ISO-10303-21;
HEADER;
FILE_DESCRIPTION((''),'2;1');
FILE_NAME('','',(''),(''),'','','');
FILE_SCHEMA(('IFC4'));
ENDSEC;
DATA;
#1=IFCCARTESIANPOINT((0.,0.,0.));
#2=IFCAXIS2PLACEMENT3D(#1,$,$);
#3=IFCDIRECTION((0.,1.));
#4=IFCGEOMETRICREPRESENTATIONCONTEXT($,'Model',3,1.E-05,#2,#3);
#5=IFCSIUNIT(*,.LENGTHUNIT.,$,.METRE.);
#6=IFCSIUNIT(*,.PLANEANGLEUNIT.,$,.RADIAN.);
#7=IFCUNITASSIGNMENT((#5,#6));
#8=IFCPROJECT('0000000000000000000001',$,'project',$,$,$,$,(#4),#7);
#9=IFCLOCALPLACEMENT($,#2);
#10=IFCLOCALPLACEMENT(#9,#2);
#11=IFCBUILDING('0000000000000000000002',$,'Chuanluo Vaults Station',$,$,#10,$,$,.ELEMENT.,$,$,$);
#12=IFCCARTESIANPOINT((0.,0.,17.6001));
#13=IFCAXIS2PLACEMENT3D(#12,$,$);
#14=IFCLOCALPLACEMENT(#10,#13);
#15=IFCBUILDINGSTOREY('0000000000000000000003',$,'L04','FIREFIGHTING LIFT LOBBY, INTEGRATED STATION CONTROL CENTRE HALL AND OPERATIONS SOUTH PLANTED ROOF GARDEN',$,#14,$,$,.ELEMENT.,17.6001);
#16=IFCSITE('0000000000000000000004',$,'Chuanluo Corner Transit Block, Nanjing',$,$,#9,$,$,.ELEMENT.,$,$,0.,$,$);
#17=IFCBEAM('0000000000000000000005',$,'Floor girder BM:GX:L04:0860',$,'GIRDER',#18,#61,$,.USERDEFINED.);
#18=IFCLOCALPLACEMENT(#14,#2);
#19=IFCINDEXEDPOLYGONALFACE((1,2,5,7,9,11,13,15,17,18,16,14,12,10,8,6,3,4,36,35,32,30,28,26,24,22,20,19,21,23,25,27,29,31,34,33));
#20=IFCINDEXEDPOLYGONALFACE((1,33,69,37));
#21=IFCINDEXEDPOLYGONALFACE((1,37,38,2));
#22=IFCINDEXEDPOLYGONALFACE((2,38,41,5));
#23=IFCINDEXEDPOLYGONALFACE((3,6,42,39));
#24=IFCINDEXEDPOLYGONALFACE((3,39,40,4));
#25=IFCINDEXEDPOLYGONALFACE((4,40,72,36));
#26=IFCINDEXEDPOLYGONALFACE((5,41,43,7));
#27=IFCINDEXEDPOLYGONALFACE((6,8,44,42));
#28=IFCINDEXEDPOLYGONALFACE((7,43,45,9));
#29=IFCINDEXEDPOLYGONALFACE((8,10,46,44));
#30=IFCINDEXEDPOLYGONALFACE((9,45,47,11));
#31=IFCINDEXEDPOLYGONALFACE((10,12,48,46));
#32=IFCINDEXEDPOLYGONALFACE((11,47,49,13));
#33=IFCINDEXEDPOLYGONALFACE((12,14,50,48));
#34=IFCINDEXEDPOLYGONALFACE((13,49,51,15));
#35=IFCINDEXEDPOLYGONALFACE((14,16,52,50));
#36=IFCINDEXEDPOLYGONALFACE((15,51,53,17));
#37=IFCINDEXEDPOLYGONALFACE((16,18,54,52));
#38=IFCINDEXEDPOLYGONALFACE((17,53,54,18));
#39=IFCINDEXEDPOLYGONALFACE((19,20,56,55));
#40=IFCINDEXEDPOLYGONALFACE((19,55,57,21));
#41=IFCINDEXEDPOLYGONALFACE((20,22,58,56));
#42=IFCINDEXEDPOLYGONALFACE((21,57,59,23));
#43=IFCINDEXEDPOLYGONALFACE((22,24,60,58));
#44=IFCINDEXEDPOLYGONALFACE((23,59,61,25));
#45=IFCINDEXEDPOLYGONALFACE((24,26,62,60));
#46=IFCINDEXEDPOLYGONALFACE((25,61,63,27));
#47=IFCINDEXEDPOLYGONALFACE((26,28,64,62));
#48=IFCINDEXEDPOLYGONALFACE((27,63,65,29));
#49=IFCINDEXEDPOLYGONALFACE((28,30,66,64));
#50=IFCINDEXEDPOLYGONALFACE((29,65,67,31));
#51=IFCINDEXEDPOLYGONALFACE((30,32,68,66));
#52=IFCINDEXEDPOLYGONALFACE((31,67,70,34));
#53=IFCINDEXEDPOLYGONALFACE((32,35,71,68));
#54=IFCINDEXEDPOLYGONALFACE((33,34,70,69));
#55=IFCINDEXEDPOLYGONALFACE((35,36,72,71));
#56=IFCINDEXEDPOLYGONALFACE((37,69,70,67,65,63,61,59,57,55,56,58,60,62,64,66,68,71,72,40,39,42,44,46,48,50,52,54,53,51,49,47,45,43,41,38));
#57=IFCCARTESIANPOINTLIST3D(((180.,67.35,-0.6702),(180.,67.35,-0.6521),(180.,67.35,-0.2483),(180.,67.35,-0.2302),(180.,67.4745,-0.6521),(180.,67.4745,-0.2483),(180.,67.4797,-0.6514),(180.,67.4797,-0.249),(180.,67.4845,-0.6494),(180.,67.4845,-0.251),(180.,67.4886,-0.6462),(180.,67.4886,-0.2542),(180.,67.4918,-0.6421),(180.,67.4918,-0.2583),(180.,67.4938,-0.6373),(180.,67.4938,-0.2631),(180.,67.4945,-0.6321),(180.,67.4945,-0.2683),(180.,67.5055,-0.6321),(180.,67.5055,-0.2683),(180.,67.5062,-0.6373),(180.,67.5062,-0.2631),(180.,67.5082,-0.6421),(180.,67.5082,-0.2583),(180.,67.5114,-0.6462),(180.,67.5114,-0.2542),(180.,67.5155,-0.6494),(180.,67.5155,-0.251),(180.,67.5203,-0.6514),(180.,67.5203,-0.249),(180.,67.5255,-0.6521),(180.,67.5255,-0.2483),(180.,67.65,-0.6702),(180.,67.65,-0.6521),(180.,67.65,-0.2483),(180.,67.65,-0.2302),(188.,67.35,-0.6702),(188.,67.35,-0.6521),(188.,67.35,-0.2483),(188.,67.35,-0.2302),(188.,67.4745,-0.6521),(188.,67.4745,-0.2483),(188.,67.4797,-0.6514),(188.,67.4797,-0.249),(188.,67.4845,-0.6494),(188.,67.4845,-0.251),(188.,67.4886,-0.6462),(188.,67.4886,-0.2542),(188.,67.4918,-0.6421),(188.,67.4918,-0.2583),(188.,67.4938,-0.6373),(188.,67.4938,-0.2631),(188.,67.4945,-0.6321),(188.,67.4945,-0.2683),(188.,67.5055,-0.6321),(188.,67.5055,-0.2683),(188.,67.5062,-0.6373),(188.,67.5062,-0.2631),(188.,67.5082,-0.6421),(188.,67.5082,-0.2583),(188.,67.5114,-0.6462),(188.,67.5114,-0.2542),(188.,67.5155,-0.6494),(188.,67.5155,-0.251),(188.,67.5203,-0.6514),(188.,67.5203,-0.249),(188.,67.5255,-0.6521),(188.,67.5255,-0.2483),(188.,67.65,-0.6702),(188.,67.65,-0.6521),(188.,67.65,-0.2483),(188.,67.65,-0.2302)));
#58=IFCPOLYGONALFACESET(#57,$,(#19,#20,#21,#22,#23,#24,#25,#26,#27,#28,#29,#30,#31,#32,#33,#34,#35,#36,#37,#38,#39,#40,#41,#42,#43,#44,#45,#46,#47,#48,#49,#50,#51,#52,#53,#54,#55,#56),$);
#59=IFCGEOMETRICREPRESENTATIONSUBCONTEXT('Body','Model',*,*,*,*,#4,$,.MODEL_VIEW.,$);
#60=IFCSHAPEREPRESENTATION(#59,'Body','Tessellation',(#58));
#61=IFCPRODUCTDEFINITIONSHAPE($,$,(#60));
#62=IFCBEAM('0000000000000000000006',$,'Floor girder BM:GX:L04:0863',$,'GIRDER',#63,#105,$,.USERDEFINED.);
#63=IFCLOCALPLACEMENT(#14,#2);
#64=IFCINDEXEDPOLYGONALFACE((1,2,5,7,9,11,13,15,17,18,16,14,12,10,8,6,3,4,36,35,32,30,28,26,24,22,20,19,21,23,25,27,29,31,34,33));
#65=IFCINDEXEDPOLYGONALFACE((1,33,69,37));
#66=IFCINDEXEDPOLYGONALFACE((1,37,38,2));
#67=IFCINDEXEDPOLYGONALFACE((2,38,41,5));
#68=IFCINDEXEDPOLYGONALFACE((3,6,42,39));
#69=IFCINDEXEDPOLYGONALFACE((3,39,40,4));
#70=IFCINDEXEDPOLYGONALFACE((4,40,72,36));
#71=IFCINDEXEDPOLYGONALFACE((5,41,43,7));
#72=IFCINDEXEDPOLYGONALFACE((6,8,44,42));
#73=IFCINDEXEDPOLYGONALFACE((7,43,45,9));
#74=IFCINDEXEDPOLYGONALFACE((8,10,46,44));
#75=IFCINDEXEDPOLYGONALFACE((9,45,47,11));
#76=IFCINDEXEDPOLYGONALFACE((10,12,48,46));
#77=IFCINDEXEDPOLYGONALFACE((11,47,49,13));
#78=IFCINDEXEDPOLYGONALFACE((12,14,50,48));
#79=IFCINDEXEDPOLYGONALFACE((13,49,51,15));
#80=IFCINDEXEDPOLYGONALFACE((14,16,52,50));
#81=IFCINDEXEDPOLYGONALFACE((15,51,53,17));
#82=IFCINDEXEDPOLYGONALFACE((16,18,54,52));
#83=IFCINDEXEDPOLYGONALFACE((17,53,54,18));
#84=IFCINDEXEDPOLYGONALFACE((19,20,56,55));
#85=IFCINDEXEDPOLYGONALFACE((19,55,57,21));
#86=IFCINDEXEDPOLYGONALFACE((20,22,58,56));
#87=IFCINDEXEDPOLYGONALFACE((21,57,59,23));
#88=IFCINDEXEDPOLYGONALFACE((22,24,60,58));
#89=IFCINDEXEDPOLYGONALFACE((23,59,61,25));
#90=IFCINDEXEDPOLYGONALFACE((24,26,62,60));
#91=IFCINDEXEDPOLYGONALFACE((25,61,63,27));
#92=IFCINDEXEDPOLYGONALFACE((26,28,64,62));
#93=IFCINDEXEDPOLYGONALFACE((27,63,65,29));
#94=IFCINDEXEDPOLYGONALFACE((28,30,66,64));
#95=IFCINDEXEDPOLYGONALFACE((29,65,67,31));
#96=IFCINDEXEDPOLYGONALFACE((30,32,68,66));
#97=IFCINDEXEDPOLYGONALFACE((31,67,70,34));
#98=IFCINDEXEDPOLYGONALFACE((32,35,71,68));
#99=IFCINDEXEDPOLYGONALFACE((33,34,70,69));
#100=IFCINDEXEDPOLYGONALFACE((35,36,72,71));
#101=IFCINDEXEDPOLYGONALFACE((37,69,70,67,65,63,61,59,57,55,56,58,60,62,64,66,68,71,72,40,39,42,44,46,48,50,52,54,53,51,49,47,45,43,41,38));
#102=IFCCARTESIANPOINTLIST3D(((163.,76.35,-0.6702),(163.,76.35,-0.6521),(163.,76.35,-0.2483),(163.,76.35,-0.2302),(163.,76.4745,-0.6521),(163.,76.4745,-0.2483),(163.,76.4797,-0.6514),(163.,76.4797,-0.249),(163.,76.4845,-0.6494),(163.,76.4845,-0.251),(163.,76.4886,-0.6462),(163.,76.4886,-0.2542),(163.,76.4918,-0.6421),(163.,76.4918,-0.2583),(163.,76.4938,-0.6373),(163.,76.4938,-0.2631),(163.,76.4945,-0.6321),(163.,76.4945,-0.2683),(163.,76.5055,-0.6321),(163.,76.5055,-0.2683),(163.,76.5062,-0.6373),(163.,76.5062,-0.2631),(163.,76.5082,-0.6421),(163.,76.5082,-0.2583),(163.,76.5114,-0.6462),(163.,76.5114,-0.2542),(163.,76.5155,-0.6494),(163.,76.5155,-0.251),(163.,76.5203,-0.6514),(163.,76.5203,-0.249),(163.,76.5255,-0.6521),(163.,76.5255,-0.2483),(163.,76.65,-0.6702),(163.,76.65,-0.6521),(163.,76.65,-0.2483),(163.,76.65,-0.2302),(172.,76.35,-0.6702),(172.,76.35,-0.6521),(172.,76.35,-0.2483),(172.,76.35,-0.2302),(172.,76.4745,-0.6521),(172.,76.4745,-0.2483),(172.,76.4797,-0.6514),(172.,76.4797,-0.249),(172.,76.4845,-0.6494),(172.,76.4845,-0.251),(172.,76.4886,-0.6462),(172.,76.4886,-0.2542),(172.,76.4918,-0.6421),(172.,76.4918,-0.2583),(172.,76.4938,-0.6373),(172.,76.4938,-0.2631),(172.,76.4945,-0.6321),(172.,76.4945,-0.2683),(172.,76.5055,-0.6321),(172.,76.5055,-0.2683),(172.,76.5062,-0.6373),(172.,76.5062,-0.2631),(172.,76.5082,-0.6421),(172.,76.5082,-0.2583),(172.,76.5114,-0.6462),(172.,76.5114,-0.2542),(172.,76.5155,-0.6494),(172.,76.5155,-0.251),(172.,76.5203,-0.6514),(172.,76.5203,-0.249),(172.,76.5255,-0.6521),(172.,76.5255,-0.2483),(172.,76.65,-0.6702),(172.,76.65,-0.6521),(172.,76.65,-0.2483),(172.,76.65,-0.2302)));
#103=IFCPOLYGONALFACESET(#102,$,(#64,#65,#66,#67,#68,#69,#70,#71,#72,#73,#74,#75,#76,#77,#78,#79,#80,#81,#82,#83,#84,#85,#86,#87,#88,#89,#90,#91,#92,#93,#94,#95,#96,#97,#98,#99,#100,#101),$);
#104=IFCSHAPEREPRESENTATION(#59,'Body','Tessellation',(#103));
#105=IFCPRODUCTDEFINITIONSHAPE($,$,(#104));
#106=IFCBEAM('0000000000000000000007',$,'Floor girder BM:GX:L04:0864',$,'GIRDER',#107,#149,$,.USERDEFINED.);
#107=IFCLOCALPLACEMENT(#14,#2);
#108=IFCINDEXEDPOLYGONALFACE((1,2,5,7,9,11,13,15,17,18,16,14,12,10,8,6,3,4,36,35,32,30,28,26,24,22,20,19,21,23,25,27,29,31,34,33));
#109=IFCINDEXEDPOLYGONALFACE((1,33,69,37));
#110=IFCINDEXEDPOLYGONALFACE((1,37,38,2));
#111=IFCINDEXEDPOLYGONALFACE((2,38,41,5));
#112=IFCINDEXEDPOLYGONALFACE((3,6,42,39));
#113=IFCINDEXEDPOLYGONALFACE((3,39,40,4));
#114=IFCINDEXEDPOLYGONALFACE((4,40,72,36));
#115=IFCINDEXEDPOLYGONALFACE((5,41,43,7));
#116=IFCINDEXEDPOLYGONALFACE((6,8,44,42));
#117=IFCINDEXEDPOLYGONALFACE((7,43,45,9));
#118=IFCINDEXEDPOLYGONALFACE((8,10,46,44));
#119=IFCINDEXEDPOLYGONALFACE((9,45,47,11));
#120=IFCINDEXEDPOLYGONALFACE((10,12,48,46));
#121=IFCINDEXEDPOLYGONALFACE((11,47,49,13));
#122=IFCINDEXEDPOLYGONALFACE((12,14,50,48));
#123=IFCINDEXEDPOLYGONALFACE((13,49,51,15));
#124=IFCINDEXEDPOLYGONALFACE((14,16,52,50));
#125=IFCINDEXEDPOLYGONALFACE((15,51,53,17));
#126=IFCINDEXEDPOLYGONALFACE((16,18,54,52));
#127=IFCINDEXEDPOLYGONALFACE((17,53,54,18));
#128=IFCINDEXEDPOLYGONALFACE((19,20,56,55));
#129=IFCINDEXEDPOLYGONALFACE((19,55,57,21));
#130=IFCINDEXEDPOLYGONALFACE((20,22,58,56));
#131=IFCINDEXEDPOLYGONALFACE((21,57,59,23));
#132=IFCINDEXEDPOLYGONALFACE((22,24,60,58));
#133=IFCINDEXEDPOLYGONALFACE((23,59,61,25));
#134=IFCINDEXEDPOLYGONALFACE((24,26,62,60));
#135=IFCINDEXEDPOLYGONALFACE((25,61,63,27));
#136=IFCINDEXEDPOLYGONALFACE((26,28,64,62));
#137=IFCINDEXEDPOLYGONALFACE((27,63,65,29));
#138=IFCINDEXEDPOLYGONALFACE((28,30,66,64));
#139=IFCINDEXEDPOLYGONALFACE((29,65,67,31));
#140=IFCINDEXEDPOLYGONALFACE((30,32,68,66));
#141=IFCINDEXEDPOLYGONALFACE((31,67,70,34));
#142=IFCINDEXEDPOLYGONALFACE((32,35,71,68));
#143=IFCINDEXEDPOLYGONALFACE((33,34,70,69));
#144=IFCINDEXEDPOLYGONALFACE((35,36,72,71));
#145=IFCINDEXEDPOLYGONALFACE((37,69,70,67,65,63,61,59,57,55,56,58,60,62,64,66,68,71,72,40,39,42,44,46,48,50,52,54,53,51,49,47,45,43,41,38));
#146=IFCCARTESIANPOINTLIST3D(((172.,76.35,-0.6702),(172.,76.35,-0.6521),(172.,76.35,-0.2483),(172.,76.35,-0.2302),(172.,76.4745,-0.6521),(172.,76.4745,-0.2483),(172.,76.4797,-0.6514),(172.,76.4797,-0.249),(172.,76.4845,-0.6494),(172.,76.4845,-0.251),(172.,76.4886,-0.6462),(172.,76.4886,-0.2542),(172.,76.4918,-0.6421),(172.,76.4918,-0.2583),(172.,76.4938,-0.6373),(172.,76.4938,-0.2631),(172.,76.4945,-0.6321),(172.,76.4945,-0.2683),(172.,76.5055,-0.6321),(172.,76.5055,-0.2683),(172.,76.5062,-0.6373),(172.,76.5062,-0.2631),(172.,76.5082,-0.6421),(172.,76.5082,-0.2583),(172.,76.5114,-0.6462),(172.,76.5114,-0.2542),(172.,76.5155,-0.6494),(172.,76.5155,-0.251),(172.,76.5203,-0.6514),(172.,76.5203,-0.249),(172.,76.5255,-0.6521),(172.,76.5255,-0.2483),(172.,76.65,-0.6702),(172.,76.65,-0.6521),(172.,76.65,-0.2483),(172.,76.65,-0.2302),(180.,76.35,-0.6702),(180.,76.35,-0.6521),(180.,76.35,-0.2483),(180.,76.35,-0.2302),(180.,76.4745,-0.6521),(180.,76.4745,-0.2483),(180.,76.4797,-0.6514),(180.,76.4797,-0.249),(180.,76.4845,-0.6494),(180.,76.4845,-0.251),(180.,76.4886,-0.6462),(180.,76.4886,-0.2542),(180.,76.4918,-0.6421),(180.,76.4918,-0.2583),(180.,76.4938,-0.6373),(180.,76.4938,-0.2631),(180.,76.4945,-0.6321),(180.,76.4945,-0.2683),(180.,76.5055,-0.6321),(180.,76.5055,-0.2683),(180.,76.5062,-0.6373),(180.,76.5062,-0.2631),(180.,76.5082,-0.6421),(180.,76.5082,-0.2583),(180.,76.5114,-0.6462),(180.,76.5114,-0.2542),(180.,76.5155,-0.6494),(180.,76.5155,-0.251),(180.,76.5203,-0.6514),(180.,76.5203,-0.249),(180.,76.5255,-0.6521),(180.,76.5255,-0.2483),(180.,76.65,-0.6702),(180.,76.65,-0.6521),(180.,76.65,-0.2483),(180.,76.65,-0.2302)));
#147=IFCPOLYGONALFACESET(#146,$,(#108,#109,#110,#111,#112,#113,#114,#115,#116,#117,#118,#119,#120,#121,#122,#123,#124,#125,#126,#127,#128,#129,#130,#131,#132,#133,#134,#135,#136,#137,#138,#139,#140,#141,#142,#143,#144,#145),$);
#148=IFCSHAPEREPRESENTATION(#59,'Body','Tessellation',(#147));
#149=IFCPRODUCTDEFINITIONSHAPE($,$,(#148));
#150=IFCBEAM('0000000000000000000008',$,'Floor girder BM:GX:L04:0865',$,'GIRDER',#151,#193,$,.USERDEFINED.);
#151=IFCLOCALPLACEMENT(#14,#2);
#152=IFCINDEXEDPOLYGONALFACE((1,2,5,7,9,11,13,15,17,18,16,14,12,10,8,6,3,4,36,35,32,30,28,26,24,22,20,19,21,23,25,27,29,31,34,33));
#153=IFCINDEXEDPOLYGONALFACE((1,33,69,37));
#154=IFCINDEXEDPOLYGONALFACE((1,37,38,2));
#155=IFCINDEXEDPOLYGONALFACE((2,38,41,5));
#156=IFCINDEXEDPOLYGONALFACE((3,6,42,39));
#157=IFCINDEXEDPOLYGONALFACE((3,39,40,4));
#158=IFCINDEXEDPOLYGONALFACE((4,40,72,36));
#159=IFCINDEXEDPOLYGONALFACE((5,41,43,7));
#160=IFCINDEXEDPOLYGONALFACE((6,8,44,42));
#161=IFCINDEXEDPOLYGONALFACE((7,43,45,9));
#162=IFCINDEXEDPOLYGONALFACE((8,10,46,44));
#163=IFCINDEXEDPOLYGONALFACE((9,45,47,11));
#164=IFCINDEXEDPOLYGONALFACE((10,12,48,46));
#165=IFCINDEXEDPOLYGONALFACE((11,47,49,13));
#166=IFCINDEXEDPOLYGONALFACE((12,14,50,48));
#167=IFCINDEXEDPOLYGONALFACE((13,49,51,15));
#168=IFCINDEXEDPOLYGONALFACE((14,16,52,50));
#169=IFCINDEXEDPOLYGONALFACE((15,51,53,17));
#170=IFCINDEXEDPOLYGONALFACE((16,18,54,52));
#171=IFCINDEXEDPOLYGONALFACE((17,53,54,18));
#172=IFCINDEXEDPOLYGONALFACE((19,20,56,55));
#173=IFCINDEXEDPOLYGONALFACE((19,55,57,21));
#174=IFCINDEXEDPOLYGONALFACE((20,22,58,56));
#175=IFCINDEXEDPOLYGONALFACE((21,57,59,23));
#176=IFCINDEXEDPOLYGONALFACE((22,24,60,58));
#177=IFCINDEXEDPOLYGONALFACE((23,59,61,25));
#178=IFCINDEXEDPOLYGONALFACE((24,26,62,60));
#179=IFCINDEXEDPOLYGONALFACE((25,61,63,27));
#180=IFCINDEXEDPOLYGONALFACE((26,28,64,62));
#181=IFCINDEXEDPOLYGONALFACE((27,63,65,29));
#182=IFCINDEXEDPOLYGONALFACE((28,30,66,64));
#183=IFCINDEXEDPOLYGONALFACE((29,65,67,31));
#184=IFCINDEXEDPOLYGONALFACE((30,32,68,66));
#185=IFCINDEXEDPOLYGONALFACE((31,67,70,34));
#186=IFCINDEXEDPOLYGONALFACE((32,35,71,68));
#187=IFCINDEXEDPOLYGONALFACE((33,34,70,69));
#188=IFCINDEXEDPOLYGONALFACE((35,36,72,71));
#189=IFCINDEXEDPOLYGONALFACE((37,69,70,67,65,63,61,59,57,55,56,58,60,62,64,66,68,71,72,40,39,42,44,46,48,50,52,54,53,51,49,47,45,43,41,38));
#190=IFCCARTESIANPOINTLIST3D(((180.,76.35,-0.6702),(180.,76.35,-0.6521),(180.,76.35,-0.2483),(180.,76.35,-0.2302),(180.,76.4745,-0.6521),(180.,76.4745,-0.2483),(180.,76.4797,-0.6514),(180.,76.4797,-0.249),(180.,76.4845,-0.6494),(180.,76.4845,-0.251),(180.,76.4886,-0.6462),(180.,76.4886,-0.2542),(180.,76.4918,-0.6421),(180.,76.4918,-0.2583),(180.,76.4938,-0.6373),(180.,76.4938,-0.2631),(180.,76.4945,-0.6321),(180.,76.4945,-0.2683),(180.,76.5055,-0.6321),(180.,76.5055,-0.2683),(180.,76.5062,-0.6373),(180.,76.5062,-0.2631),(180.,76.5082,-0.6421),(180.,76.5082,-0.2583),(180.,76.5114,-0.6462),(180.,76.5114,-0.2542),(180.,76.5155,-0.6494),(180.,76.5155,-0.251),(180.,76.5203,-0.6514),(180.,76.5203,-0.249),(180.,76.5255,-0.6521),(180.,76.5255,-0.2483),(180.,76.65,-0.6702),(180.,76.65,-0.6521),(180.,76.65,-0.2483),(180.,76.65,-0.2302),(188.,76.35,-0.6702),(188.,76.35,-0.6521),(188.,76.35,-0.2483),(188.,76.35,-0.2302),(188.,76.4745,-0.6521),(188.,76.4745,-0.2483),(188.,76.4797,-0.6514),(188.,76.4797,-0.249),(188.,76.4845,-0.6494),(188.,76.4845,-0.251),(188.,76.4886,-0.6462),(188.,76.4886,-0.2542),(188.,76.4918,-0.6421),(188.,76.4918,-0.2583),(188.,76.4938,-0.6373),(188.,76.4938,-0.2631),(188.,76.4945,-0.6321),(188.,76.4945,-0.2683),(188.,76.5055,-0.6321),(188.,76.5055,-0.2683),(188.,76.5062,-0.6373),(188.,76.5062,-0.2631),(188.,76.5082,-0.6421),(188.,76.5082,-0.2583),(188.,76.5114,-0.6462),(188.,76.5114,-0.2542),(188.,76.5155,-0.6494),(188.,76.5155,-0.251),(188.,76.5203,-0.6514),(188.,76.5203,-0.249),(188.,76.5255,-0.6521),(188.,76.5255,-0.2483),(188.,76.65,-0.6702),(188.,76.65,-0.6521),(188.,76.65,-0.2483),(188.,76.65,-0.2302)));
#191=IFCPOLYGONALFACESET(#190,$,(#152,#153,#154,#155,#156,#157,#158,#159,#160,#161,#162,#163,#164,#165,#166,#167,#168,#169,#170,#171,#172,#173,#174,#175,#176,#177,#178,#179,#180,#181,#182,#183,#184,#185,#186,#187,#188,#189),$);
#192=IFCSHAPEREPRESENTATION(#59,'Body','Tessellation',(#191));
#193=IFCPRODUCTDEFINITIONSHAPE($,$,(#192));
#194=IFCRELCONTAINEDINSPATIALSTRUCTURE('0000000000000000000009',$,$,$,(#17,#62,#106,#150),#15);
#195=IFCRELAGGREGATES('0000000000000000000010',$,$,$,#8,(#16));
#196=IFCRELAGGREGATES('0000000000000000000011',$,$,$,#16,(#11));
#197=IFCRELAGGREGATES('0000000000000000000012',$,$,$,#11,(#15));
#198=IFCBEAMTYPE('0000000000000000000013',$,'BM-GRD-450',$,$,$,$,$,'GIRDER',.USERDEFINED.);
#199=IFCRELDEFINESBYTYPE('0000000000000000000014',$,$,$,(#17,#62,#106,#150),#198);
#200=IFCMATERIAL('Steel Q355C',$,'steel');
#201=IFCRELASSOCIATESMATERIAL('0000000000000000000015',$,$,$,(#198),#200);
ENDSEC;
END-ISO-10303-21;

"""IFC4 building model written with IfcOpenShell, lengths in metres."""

from ifc_helpers import new_model, si_unit, direction, frame, origin, origin_2d, place, context, subcontext, project, spatial, i_section, extrude, material, material_profile, profile_set, type_object, element, save


model = new_model("IFC4")

# Units and contexts
model_context = context("Model", 3, precision=1e-05, world=origin(), true_north=direction((0.0, 1.0)))
body_context = subcontext(model_context, "Body", "Model", "MODEL_VIEW")
ifc_project = project(units=[si_unit("LENGTHUNIT", "METRE"), si_unit("PLANEANGLEUNIT", "RADIAN")], contexts=[model_context])

# Site, building, storey
site_placement = place(None, origin())
site = spatial("IfcSite", under=ifc_project, at=site_placement, Name="Chuanluo Corner Transit Block, Nanjing", CompositionType="ELEMENT", RefElevation=0.0)
building_placement = place(site_placement, origin())
building = spatial("IfcBuilding", under=site, at=building_placement, Name="Chuanluo Vaults Station", CompositionType="ELEMENT")
storey_placement = place(building_placement, frame((0.0, 0.0, 17.6001)))
storey = spatial("IfcBuildingStorey", under=building, at=storey_placement, Name="L04", Description="FIREFIGHTING LIFT LOBBY, INTEGRATED STATION CONTROL CENTRE HALL AND OPERATIONS SOUTH PLANTED ROOF GARDEN", CompositionType="ELEMENT", Elevation=17.6001)

# Beams
ifc_material_1 = material(Name="Steel Q355C", Category="steel")
ifc_material_profile_1 = material_profile(ifc_material_1, i_section(OverallWidth=0.3, OverallDepth=0.4399, WebThickness=0.011, FlangeThickness=0.0181, FilletRadius=0.02, at=origin_2d()))
ifc_profile_set_1 = profile_set([ifc_material_profile_1], Name="Steel Q355C")
beam_type_1 = type_object("IfcBeamType", Name="BM-GRD-450", ElementType="GIRDER", PredefinedType="USERDEFINED", material=ifc_profile_set_1)
beam_1_placement = place(storey_placement, frame((180.0, 67.5, -0.4502), z_axis=(1.0, 0.0, 0.0), x_axis=(0.0, 1.0, 0.0)))
element("IfcBeam", 1, at=beam_1_placement, inside=storey, type_object=beam_type_1, Name="Floor girder BM:GX:L04:0860", ObjectType="GIRDER", PredefinedType="USERDEFINED", context=body_context, shape_type="SweptSolid", body=[
    extrude(i_section(OverallWidth=0.3, OverallDepth=0.4399, WebThickness=0.011, FlangeThickness=0.0181, FilletRadius=0.02, at=origin_2d()), origin(), (0.0, 0.0, 1.0), 8.0),
])
beam_2_placement = place(storey_placement, frame((163.0, 76.5, -0.4502), z_axis=(1.0, 0.0, 0.0), x_axis=(0.0, 1.0, 0.0)))
element("IfcBeam", 2, at=beam_2_placement, inside=storey, type_object=beam_type_1, Name="Floor girder BM:GX:L04:0863", ObjectType="GIRDER", PredefinedType="USERDEFINED", context=body_context, shape_type="SweptSolid", body=[
    extrude(i_section(OverallWidth=0.3, OverallDepth=0.4399, WebThickness=0.011, FlangeThickness=0.0181, FilletRadius=0.02, at=origin_2d()), origin(), (0.0, 0.0, 1.0), 9.0),
])
for number, where, z_axis, x_axis, name in (
    (3, (172.0, 76.5, -0.4502), (1.0, 0.0, 0.0), (0.0, 1.0, 0.0), "Floor girder BM:GX:L04:0864"),
    (4, (180.0, 76.5, -0.4502), (1.0, 0.0, 0.0), (0.0, 1.0, 0.0), "Floor girder BM:GX:L04:0865"),
):
    element("IfcBeam", number, at=place(storey_placement, frame(where, z_axis=z_axis, x_axis=x_axis)), inside=storey, type_object=beam_type_1, Name=name, ObjectType="GIRDER", PredefinedType="USERDEFINED", context=body_context, shape_type="SweptSolid", body=[
        extrude(i_section(OverallWidth=0.3, OverallDepth=0.4399, WebThickness=0.011, FlangeThickness=0.0181, FilletRadius=0.02, at=origin_2d()), origin(), (0.0, 0.0, 1.0), 8.0),
    ])

save(model, "model.ifc")
